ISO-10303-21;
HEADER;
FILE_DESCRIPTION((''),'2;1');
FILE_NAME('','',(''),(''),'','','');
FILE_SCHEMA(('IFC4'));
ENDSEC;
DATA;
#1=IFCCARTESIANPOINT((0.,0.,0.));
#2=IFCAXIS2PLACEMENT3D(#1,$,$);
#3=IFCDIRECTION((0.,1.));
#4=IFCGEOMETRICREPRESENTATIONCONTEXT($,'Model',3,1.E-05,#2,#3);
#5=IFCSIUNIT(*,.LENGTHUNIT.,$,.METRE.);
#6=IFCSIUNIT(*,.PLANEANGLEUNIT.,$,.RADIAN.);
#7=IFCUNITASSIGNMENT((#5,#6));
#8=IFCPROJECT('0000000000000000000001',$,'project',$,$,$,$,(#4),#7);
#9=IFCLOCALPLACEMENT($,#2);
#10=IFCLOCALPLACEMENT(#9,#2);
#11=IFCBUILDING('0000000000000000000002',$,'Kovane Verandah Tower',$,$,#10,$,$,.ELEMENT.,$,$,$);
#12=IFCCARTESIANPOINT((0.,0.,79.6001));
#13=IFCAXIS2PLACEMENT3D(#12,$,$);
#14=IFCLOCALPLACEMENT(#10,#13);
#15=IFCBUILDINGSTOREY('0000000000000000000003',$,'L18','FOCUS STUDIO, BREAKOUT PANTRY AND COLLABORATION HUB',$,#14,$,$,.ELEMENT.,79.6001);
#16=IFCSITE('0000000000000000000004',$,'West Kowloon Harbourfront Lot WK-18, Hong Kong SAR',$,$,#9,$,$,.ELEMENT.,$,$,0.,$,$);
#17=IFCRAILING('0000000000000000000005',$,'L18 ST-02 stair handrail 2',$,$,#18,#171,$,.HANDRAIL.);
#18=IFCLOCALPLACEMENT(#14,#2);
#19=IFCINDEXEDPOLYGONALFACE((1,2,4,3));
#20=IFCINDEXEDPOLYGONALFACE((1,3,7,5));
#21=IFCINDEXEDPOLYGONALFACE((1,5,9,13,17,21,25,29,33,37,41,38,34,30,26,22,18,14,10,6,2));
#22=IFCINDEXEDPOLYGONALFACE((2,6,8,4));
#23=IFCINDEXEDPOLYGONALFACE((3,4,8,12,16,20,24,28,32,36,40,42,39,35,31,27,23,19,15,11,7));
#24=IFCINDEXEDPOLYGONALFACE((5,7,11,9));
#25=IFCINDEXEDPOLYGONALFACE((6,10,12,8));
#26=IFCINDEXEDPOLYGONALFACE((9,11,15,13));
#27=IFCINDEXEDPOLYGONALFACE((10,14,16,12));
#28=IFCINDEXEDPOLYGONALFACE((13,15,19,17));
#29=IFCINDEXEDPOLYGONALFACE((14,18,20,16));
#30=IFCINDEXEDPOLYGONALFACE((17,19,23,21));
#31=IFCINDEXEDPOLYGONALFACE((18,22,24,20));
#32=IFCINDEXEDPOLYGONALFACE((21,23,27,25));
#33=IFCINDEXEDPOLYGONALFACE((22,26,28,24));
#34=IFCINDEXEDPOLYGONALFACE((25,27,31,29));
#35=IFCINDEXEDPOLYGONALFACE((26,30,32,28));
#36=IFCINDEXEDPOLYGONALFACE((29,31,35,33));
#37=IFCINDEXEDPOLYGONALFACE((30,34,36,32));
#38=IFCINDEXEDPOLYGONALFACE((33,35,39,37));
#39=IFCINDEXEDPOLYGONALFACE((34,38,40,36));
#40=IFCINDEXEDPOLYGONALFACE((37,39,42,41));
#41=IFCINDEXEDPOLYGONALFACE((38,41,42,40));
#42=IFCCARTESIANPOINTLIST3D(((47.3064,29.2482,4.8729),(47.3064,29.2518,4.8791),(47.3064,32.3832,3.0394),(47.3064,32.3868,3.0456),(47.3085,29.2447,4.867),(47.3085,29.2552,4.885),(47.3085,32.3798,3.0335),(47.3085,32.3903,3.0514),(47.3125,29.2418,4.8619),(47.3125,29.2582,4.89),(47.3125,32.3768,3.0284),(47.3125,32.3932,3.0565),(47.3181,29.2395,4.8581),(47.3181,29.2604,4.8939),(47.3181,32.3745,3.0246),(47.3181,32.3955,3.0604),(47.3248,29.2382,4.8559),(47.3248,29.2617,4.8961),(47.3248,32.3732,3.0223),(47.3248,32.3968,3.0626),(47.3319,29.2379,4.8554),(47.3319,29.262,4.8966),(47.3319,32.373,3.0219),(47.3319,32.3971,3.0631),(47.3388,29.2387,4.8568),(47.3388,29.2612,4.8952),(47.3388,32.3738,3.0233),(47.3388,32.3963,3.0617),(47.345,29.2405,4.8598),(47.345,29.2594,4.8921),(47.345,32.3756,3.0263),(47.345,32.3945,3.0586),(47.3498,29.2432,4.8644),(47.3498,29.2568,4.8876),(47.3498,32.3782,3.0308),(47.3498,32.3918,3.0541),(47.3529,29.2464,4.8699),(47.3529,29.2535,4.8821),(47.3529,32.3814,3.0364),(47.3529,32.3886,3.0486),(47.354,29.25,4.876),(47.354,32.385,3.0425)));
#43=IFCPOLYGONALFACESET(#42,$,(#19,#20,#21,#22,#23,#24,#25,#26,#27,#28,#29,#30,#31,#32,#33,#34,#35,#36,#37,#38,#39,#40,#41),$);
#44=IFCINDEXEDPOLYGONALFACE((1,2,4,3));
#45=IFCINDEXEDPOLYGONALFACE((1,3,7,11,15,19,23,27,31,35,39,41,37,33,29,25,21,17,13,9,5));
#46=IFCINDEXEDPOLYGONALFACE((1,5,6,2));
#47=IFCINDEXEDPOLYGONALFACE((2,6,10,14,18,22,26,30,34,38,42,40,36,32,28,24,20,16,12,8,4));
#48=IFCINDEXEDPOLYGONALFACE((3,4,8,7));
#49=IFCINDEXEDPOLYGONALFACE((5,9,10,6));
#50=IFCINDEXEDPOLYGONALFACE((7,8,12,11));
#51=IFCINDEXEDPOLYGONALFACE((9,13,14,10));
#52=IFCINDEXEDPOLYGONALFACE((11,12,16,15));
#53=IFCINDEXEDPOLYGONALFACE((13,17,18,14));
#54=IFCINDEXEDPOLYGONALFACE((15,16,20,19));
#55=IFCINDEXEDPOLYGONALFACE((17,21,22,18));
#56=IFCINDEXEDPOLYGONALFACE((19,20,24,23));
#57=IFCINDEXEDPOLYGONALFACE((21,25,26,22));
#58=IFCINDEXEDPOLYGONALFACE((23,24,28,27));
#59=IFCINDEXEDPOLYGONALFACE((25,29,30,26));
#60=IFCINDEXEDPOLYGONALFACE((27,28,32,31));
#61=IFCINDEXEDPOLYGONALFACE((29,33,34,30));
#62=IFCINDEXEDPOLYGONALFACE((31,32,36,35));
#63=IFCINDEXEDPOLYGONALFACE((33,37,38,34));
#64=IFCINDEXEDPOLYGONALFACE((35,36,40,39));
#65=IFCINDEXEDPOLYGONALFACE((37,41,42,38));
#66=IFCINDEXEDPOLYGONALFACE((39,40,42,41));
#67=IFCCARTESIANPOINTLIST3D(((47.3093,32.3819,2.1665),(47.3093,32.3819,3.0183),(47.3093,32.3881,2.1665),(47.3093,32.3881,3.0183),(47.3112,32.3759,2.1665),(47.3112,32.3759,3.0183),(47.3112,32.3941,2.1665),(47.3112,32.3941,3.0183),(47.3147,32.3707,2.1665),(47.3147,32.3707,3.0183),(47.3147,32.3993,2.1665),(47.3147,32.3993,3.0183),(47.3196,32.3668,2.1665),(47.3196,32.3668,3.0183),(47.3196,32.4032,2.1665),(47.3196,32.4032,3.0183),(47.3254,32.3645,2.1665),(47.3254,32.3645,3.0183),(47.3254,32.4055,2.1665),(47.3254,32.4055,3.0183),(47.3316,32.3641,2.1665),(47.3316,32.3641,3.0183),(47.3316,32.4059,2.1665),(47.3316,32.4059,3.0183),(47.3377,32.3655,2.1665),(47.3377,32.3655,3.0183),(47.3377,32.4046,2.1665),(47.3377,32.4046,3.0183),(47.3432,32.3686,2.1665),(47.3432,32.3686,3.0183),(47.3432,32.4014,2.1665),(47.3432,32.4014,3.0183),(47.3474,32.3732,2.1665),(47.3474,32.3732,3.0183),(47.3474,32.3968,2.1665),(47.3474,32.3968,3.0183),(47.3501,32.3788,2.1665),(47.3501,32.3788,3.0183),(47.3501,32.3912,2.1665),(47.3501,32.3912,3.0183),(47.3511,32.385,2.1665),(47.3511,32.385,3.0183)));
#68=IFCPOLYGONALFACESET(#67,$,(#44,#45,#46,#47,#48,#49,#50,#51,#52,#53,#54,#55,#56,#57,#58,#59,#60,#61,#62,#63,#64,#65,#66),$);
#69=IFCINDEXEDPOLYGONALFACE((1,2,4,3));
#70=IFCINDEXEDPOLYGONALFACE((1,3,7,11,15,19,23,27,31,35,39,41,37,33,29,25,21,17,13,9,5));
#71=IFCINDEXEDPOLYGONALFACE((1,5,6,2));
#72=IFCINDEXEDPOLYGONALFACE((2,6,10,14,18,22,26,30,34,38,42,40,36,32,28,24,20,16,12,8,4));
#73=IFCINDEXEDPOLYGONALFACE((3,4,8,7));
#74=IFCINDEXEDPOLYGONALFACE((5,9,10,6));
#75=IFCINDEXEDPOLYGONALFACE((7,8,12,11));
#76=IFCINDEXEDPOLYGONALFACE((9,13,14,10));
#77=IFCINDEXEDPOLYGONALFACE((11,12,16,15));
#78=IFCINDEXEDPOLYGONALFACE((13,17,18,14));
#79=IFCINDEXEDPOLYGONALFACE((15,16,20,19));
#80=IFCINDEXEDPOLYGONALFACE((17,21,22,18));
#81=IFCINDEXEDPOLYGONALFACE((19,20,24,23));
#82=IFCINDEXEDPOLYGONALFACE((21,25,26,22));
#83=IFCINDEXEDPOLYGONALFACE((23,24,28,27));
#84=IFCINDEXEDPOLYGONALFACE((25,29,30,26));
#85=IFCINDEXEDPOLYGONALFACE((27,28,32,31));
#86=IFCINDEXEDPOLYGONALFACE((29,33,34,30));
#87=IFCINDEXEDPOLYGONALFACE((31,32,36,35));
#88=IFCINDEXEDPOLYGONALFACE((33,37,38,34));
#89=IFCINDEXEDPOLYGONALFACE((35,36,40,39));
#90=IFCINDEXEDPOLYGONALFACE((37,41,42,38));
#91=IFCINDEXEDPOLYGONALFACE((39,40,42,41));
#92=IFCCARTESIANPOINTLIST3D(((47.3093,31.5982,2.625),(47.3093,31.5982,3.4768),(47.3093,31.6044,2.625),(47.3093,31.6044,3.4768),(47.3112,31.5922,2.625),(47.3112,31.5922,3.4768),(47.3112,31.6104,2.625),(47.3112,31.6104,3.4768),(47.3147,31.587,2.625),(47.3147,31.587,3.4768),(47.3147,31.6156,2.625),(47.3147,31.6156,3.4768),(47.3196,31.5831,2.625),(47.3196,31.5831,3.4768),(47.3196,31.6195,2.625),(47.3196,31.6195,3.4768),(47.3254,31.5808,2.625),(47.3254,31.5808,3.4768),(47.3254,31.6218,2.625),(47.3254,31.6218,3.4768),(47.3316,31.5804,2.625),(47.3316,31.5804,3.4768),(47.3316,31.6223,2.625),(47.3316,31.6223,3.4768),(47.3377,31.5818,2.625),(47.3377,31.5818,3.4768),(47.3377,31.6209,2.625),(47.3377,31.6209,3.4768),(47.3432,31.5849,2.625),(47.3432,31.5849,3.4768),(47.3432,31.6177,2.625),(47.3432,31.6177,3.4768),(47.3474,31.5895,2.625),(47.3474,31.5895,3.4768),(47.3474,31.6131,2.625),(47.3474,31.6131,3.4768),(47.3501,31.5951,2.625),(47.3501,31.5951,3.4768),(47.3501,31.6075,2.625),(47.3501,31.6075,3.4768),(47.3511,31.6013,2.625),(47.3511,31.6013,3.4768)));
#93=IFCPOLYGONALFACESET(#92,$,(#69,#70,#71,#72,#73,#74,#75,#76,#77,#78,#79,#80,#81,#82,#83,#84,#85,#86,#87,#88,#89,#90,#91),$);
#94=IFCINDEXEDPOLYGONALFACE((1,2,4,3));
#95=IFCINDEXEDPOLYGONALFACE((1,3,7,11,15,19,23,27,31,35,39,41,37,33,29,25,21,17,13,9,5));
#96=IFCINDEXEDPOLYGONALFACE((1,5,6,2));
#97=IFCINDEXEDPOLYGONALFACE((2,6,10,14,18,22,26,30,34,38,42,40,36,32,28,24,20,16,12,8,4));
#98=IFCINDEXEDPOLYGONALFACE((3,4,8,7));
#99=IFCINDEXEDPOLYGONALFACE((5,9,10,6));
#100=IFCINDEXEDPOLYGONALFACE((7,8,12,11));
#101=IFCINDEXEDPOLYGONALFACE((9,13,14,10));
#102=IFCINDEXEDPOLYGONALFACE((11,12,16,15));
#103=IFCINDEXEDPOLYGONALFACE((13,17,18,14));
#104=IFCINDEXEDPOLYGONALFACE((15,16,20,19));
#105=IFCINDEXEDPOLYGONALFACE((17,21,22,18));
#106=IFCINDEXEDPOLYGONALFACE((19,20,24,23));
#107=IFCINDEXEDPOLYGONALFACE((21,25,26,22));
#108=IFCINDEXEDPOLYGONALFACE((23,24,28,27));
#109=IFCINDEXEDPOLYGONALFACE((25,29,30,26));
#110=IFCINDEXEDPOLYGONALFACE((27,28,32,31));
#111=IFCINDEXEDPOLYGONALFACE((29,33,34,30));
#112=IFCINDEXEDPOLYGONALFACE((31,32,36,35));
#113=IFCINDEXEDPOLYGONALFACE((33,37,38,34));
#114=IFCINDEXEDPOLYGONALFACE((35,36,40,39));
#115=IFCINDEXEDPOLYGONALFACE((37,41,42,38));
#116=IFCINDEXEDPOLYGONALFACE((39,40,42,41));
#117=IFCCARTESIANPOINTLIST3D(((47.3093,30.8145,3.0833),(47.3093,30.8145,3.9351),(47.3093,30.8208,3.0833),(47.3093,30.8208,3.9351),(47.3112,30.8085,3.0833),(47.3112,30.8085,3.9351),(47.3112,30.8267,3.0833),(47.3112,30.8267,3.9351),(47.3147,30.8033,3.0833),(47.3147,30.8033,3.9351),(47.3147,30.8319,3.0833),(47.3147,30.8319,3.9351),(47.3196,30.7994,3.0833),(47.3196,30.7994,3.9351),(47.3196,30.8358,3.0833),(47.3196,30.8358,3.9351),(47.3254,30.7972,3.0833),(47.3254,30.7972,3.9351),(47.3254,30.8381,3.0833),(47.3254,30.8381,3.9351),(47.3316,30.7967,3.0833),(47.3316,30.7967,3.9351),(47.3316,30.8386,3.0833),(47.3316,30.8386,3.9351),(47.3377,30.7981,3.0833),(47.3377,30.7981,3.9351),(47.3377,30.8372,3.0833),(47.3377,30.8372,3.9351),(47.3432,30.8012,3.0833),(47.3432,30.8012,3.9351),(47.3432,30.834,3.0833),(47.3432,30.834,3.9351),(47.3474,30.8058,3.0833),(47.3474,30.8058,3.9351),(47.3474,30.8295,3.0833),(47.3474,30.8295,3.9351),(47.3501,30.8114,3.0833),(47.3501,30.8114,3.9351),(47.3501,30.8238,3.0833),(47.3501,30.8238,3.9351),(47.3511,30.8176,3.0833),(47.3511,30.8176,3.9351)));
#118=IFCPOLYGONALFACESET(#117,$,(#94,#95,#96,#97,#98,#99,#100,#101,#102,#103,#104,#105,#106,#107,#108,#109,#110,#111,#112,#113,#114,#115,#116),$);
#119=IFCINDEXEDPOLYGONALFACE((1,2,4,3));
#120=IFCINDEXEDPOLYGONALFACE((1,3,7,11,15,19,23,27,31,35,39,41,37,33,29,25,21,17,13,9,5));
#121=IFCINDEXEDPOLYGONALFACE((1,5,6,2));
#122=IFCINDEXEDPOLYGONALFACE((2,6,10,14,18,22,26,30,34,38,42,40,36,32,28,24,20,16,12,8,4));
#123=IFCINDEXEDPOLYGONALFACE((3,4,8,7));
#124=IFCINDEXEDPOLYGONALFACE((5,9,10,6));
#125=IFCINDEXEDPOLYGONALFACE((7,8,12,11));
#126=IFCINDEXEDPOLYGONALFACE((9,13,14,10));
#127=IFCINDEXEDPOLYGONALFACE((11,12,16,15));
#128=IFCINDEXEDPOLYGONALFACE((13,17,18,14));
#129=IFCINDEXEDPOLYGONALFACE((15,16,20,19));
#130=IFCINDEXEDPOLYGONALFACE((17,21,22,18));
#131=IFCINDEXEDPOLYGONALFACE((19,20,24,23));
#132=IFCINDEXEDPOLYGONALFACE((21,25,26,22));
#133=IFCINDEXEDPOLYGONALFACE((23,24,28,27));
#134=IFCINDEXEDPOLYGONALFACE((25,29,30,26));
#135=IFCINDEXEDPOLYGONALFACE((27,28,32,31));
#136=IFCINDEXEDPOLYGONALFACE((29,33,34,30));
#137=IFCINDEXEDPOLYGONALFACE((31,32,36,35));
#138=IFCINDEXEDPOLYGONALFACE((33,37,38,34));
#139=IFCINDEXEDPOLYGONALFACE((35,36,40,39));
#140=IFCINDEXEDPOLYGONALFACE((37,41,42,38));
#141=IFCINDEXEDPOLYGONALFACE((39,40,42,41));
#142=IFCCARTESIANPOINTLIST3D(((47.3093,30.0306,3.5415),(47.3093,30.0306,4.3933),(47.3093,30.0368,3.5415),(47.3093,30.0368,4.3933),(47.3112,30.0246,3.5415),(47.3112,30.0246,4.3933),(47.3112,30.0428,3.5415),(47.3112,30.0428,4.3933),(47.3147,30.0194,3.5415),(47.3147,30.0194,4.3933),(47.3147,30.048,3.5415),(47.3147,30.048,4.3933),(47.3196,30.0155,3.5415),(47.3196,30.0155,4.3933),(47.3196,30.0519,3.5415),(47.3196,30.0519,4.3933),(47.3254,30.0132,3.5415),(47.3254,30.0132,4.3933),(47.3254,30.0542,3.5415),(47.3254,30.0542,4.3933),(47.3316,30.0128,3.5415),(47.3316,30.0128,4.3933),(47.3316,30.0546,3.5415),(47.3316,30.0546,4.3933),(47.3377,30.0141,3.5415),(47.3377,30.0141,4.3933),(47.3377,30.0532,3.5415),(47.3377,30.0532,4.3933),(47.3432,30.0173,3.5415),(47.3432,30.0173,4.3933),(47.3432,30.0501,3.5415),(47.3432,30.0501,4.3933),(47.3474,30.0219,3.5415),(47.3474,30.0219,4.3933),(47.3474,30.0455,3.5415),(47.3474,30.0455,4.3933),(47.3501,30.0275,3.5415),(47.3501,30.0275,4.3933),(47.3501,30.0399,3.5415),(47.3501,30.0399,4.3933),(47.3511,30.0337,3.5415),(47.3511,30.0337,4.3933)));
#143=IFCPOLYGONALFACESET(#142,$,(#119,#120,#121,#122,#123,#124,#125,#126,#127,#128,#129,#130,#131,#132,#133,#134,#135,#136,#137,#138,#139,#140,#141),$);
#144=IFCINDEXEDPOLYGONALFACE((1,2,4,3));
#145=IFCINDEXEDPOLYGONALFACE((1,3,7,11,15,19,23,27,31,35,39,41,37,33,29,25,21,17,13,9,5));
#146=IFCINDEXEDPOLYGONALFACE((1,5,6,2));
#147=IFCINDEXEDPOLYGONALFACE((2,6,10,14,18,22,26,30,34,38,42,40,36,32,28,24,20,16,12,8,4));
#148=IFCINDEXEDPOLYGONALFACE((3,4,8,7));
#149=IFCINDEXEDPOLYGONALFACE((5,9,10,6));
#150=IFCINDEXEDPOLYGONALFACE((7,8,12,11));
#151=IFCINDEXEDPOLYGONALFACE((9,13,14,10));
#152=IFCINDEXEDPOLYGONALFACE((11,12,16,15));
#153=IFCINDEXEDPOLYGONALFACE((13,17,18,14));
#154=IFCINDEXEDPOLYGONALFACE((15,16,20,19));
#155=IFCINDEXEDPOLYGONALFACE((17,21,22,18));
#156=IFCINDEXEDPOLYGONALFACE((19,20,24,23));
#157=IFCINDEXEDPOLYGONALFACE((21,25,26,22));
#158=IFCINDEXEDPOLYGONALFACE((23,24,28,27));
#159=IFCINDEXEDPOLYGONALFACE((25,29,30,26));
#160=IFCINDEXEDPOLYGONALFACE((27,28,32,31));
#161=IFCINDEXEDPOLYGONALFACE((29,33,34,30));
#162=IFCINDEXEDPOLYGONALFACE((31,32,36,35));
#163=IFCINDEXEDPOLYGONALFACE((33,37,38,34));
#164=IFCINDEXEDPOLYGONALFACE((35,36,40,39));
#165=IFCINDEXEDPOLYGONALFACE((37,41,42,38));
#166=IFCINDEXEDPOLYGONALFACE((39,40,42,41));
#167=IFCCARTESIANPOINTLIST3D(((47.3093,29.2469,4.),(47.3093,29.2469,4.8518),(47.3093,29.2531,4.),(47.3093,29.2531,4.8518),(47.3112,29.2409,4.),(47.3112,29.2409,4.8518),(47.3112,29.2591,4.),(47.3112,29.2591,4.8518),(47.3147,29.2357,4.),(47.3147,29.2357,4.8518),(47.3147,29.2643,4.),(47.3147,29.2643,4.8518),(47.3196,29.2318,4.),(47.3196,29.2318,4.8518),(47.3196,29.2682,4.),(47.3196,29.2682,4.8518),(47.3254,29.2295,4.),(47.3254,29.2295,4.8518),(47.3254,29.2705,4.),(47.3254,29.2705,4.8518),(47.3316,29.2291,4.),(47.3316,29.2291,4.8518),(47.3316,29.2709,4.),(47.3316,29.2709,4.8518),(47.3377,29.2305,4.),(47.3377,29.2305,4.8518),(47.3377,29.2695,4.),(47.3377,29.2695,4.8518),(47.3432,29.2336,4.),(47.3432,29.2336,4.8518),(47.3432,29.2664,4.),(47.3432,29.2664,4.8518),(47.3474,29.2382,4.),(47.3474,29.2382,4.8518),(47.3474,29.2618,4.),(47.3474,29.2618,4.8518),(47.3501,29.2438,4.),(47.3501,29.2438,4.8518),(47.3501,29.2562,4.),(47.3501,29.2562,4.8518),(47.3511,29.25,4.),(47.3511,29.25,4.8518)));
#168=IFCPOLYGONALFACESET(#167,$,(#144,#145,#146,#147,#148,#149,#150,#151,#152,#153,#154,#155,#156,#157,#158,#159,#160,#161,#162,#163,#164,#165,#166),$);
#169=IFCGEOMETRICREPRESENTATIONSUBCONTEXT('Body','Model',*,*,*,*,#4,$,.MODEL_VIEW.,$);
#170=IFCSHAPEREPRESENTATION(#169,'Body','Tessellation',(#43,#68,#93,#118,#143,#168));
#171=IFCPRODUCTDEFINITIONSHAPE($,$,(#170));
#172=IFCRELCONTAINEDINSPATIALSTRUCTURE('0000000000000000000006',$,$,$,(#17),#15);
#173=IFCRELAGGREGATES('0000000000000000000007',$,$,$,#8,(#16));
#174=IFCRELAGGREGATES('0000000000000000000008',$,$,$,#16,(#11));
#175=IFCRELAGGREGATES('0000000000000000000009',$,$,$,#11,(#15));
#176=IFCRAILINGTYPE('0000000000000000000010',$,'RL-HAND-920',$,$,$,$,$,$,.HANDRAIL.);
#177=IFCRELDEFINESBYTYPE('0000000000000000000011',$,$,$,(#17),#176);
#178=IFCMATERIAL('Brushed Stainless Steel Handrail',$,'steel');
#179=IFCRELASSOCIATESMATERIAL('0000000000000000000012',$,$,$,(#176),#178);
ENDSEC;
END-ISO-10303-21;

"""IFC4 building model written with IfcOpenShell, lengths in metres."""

from ifc_helpers import new_model, si_unit, direction, frame, origin, origin_2d, place, context, subcontext, project, spatial, circle, extrude, material, type_object, element, save


model = new_model("IFC4")

# Units and contexts
model_context = context("Model", 3, precision=1e-05, world=origin(), true_north=direction((0.0, 1.0)))
body_context = subcontext(model_context, "Body", "Model", "MODEL_VIEW")
ifc_project = project(units=[si_unit("LENGTHUNIT", "METRE"), si_unit("PLANEANGLEUNIT", "RADIAN")], contexts=[model_context])

# Site, building, storey
site_placement = place(None, origin())
site = spatial("IfcSite", under=ifc_project, at=site_placement, Name="West Kowloon Harbourfront Lot WK-18, Hong Kong SAR", CompositionType="ELEMENT", RefElevation=0.0)
building_placement = place(site_placement, origin())
building = spatial("IfcBuilding", under=site, at=building_placement, Name="Kovane Verandah Tower", CompositionType="ELEMENT")
storey_placement = place(building_placement, frame((0.0, 0.0, 79.6001)))
storey = spatial("IfcBuildingStorey", under=building, at=storey_placement, Name="L18", Description="FOCUS STUDIO, BREAKOUT PANTRY AND COLLABORATION HUB", CompositionType="ELEMENT", Elevation=79.6001)

# Railing
ifc_material_1 = material(Name="Brushed Stainless Steel Handrail", Category="steel")
railing_type_1 = type_object("IfcRailingType", Name="RL-HAND-920", PredefinedType="HANDRAIL", material=ifc_material_1)
railing_1_placement = place(storey_placement, frame((47.3301, 32.385, 2.1665)))
element("IfcRailing", 1, at=railing_1_placement, inside=storey, type_object=railing_type_1, Name="L18 ST-02 stair handrail 2", PredefinedType="HANDRAIL", context=body_context, shape_type="SweptSolid", body=[
    extrude(circle(Radius=0.0239, at=origin_2d()), frame((0.0, 0.0, 0.876), z_axis=(0.0, -0.86321, 0.504845), x_axis=(1.0, 0.0, 0.0)), (0.0, 0.0, 1.0), 3.6318),
    extrude(circle(Radius=0.021, at=origin_2d()), origin(), (0.0, 0.0, 1.0), 0.8518),
    extrude(circle(Radius=0.021, at=origin_2d()), frame((0.0, -0.7837, 0.4585)), (0.0, 0.0, 1.0), 0.8518),
    extrude(circle(Radius=0.021, at=origin_2d()), frame((0.0, -1.5674, 0.9167)), (0.0, 0.0, 1.0), 0.8518),
    extrude(circle(Radius=0.021, at=origin_2d()), frame((0.0, -2.3513, 1.375)), (0.0, 0.0, 1.0), 0.8518),
    extrude(circle(Radius=0.021, at=origin_2d()), frame((0.0, -3.135, 1.8335)), (0.0, 0.0, 1.0), 0.8518),
])

save(model, "model.ifc")
